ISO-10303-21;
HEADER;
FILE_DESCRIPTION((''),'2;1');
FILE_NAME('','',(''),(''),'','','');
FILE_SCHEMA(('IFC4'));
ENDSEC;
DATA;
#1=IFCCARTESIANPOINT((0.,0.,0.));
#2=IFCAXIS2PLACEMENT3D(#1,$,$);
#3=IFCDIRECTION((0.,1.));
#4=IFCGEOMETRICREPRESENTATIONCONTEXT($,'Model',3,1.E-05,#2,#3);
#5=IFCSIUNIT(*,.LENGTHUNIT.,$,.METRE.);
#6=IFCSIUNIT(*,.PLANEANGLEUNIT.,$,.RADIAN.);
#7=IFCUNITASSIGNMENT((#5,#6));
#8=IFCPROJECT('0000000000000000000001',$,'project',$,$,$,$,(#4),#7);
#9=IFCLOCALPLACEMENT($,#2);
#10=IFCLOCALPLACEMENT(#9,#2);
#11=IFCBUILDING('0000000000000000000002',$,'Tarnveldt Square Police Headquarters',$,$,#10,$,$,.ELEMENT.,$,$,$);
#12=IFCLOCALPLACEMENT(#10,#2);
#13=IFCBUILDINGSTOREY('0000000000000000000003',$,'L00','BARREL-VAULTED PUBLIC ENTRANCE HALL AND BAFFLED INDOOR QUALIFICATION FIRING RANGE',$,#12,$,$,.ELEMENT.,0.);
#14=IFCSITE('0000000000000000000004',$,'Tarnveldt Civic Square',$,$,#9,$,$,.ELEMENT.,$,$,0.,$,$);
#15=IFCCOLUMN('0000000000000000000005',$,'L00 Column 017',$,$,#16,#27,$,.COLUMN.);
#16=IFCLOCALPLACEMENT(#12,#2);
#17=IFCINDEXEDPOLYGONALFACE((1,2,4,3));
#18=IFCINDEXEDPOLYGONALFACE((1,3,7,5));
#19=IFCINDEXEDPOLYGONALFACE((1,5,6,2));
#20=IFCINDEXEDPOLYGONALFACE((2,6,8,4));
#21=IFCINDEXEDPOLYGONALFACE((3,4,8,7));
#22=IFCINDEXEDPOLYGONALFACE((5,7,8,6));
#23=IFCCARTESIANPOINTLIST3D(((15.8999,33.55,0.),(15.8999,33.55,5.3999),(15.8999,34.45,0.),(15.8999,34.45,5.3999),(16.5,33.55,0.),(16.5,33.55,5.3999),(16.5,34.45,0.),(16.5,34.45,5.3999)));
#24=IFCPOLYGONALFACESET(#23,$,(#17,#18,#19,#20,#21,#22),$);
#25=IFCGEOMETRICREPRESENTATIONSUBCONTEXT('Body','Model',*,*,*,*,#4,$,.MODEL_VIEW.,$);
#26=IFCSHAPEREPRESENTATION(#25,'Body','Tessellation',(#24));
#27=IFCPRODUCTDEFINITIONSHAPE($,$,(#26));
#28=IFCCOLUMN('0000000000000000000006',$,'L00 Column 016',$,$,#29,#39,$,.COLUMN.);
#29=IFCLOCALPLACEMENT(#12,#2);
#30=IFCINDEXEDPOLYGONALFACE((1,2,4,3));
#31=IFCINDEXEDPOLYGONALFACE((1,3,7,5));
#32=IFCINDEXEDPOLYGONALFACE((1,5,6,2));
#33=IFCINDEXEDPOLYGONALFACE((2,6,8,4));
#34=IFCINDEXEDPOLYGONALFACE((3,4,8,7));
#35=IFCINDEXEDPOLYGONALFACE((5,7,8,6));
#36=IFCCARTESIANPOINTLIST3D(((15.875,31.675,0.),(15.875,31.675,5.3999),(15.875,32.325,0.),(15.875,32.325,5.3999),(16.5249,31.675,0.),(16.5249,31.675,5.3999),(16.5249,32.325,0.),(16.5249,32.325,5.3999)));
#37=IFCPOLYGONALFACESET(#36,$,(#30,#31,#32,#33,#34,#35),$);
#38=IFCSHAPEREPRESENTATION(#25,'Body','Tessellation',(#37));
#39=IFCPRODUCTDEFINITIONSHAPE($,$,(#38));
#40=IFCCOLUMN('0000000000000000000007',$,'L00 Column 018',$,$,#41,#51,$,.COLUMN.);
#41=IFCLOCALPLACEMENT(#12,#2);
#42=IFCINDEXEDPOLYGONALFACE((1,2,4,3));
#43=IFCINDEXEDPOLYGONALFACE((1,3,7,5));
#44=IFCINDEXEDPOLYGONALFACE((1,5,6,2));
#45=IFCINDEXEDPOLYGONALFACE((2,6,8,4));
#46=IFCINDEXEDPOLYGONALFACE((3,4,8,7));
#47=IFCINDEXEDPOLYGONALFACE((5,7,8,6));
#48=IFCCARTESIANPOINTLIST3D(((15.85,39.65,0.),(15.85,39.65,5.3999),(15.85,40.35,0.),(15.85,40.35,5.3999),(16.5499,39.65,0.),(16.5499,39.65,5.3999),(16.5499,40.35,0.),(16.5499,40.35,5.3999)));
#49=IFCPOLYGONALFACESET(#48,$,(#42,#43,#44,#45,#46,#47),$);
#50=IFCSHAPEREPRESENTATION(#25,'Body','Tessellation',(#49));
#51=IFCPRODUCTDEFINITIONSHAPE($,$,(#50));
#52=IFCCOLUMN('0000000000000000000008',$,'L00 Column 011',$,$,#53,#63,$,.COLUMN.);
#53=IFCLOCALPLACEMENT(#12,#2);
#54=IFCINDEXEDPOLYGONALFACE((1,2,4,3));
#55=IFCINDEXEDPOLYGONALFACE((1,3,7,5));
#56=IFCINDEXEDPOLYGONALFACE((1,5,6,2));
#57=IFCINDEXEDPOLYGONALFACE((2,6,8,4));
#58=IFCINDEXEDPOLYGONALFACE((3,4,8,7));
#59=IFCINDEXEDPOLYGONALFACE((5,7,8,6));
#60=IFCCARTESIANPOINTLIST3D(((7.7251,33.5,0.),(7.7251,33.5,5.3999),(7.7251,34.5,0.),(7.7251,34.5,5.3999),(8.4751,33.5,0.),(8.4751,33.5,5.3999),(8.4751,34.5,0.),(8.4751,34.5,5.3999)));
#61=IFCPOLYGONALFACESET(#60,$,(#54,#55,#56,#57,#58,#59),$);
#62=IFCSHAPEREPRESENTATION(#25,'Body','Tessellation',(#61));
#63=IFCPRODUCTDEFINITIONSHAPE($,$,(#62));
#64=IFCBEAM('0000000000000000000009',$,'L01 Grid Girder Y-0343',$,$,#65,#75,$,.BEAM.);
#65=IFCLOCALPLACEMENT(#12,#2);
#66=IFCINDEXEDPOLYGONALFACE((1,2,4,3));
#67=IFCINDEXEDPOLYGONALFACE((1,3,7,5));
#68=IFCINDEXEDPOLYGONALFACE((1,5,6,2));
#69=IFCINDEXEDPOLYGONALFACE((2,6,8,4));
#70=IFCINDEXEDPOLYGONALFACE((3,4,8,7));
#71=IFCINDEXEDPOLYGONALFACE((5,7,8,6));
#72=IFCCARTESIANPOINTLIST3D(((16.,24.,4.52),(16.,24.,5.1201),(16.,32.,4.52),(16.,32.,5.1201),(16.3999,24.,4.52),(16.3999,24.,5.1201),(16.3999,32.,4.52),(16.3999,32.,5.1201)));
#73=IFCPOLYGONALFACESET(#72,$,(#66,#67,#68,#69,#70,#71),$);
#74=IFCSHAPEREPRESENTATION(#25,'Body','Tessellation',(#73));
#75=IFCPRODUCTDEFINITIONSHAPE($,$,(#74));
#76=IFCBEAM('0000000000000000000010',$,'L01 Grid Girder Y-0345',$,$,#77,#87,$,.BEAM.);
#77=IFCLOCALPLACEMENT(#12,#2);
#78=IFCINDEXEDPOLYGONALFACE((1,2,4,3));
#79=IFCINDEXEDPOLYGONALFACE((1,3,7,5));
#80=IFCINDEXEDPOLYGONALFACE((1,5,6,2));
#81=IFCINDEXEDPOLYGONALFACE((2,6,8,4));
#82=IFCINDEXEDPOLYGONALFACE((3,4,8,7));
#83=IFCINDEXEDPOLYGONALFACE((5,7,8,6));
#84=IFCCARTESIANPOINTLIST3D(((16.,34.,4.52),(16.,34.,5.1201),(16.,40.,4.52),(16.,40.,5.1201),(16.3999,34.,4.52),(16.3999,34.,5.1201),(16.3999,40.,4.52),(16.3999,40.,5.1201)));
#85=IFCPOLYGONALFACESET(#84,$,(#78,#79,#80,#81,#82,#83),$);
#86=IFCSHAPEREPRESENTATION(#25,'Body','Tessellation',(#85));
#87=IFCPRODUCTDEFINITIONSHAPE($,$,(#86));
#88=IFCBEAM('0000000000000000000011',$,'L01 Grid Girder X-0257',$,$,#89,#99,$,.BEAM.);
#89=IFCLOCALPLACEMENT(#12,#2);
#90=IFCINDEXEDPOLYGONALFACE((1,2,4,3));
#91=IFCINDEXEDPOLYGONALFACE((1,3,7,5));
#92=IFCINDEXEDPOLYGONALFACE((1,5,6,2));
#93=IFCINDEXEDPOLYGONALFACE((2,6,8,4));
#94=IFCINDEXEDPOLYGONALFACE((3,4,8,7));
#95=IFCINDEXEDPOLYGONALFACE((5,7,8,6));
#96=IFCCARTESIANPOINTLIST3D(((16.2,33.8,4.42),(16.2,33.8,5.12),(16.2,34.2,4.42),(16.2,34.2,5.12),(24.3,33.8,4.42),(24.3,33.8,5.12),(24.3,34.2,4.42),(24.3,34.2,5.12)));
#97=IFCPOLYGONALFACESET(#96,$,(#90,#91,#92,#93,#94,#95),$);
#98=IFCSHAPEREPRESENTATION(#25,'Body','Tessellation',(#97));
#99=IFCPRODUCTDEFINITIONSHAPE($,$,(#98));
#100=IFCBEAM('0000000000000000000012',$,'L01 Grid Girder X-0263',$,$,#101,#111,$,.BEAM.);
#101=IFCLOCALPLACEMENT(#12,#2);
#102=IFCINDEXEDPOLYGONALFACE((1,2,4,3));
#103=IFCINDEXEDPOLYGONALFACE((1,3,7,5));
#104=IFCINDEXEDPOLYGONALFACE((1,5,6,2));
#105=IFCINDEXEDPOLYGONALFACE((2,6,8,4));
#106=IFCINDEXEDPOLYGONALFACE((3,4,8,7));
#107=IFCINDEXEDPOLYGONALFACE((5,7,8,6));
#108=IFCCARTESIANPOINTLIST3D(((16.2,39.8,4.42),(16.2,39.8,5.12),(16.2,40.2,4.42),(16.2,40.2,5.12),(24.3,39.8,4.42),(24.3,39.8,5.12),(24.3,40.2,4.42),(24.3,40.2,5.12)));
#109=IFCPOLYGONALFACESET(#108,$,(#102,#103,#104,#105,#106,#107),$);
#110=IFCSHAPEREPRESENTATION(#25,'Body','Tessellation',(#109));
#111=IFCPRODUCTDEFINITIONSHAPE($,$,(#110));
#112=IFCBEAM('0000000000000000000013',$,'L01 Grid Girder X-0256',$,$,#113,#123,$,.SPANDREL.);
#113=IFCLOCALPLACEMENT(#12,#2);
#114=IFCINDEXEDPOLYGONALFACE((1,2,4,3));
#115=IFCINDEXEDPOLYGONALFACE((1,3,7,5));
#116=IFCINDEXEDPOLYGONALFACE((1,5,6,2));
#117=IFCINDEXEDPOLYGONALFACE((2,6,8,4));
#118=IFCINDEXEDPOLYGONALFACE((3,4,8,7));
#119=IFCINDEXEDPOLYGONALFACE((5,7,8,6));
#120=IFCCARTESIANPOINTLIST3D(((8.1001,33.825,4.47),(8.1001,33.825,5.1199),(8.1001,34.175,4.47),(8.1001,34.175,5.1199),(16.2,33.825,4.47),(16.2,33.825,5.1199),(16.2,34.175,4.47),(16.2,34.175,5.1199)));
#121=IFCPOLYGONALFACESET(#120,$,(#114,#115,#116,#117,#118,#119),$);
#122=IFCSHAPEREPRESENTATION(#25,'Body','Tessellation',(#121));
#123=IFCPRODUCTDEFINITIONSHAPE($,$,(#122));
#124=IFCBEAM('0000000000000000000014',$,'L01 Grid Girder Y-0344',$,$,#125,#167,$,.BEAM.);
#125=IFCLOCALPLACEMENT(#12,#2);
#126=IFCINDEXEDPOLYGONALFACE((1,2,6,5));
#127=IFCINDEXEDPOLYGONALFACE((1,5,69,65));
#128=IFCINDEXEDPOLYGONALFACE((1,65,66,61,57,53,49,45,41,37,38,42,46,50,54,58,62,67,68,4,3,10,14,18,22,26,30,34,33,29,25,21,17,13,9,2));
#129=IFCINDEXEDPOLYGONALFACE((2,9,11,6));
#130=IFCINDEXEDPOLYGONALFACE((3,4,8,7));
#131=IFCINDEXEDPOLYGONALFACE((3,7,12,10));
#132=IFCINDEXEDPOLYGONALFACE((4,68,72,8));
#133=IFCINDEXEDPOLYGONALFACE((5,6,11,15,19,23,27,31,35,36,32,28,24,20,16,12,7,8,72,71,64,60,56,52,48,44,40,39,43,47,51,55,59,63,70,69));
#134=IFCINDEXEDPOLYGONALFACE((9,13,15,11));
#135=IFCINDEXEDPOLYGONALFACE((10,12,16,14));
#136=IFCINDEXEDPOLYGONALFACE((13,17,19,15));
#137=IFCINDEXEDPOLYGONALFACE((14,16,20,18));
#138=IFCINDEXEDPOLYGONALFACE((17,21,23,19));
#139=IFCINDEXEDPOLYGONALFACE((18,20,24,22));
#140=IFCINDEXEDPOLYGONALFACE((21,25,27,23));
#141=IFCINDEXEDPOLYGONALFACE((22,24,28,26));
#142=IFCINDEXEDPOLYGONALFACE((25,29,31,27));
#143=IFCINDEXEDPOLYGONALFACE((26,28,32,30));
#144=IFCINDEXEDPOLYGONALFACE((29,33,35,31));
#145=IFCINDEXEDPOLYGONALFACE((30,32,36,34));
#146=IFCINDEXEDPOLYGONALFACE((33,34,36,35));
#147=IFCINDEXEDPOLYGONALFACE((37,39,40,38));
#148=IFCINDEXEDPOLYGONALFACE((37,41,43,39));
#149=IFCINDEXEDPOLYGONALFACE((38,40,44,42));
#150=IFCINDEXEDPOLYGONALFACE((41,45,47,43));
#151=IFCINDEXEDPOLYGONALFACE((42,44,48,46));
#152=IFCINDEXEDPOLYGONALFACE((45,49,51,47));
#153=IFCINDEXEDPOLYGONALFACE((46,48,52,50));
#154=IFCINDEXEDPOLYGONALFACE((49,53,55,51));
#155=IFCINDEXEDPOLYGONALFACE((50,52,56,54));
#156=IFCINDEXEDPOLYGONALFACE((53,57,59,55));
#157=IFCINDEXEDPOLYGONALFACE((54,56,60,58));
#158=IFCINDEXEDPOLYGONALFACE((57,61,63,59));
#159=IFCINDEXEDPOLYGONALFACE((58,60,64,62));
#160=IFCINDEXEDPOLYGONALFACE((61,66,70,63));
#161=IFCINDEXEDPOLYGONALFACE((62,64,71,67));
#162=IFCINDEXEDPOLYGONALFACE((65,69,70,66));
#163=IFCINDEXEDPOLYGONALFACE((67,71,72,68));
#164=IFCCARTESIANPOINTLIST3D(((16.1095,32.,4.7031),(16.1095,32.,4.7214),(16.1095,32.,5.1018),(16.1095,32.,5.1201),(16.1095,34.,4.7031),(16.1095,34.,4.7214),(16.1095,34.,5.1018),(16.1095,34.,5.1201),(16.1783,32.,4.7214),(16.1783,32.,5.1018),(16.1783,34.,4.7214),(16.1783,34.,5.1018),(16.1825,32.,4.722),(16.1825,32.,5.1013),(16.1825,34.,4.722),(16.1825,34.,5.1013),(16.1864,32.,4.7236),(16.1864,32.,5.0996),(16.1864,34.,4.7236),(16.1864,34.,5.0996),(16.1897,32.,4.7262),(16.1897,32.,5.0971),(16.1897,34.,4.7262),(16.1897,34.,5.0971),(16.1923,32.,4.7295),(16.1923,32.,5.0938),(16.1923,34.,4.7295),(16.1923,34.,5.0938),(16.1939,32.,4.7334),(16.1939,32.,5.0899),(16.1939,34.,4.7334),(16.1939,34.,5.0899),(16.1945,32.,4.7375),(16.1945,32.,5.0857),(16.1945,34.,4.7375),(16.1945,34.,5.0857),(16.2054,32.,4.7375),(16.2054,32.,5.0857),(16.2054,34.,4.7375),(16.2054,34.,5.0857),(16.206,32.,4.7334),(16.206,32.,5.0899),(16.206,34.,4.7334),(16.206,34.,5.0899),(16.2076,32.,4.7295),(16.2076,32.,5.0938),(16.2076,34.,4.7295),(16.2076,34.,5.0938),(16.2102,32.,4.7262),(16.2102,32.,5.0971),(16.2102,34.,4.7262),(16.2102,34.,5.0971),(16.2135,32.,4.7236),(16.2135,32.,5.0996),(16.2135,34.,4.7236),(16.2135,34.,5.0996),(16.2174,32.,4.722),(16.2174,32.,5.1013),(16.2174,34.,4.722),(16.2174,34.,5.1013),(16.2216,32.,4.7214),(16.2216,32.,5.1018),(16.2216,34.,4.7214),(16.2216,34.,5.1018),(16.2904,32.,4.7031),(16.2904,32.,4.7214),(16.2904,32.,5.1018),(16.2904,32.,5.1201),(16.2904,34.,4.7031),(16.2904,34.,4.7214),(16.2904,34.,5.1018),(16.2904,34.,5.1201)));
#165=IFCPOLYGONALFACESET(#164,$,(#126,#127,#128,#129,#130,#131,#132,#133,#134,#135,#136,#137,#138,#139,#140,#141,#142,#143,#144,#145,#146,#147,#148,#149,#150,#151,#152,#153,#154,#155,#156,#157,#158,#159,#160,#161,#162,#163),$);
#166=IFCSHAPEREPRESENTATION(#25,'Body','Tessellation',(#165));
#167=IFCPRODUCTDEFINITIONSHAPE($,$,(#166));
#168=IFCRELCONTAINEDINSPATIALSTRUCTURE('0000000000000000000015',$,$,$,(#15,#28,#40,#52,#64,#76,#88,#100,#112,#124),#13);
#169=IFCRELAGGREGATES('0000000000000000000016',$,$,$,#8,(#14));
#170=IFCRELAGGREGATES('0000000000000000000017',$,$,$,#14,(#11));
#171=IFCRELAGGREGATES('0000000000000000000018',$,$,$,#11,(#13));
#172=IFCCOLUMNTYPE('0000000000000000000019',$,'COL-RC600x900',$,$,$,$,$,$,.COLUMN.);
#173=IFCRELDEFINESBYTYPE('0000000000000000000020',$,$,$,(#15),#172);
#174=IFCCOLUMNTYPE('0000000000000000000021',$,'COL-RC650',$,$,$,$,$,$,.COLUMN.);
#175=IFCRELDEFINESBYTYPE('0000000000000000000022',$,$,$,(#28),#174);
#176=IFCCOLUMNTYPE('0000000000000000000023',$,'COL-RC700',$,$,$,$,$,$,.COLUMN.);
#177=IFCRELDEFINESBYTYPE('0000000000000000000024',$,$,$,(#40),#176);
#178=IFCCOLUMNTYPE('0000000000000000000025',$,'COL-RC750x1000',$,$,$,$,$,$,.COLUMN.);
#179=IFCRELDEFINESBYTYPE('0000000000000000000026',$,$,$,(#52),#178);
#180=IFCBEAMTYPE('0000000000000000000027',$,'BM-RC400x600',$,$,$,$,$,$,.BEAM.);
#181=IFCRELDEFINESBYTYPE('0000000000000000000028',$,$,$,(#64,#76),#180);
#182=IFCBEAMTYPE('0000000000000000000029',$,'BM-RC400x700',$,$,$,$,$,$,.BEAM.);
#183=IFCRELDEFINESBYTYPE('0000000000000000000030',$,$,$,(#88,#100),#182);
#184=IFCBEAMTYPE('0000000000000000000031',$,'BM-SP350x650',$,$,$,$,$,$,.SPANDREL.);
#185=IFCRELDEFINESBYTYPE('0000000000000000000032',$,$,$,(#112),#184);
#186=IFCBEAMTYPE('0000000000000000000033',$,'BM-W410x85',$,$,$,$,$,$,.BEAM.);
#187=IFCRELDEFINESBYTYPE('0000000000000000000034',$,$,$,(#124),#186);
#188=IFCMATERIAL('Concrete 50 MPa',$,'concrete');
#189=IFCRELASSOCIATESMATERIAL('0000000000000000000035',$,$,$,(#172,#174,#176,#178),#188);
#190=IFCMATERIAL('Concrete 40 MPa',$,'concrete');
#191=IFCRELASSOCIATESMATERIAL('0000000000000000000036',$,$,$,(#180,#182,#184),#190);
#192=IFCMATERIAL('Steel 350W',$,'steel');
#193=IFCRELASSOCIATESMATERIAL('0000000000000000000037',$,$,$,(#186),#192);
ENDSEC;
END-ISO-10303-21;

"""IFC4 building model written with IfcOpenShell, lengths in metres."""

from ifc_helpers import new_model, si_unit, direction, frame, origin, origin_2d, place, context, subcontext, project, spatial, rectangle, i_section, extrude, material, material_profile, profile_set, type_object, element, save


model = new_model("IFC4")

# Units and contexts
model_context = context("Model", 3, precision=1e-05, world=origin(), true_north=direction((0.0, 1.0)))
body_context = subcontext(model_context, "Body", "Model", "MODEL_VIEW")
ifc_project = project(units=[si_unit("LENGTHUNIT", "METRE"), si_unit("PLANEANGLEUNIT", "RADIAN")], contexts=[model_context])

# Site, building, storey
site_placement = place(None, origin())
site = spatial("IfcSite", under=ifc_project, at=site_placement, Name="Tarnveldt Civic Square", CompositionType="ELEMENT", RefElevation=0.0)
building_placement = place(site_placement, origin())
building = spatial("IfcBuilding", under=site, at=building_placement, Name="Tarnveldt Square Police Headquarters", CompositionType="ELEMENT")
storey_placement = place(building_placement, origin())
storey = spatial("IfcBuildingStorey", under=building, at=storey_placement, Name="L00", Description="BARREL-VAULTED PUBLIC ENTRANCE HALL AND BAFFLED INDOOR QUALIFICATION FIRING RANGE", CompositionType="ELEMENT", Elevation=0.0)

# Columns
ifc_material_1 = material(Name="Concrete 50 MPa", Category="concrete")
ifc_material_profile_1 = material_profile(ifc_material_1, rectangle(XDim=0.6001, YDim=0.8999, at=origin_2d()), Name="RC-C600x900")
ifc_profile_set_1 = profile_set([ifc_material_profile_1], Name="Concrete 50 MPa")
column_type_1 = type_object("IfcColumnType", Name="COL-RC600x900", PredefinedType="COLUMN", material=ifc_profile_set_1)
column_1_placement = place(storey_placement, frame((16.2, 34.0, 0.0), z_axis=(0.0, 0.0, 1.0), x_axis=(1.0, 0.0, 0.0)))
element("IfcColumn", 1, at=column_1_placement, inside=storey, type_object=column_type_1, Name="L00 Column 017", PredefinedType="COLUMN", context=body_context, shape_type="SweptSolid", body=[
    extrude(rectangle(XDim=0.6001, YDim=0.8999, at=origin_2d()), origin(), (0.0, 0.0, 1.0), 5.3999),
])
ifc_material_profile_2 = material_profile(ifc_material_1, rectangle(XDim=0.6499, YDim=0.6499, at=origin_2d()), Name="RC-C650x650")
ifc_profile_set_2 = profile_set([ifc_material_profile_2], Name="Concrete 50 MPa")
column_type_2 = type_object("IfcColumnType", Name="COL-RC650", PredefinedType="COLUMN", material=ifc_profile_set_2)
column_2_placement = place(storey_placement, frame((16.2, 32.0, 0.0), z_axis=(0.0, 0.0, 1.0), x_axis=(1.0, 0.0, 0.0)))
element("IfcColumn", 2, at=column_2_placement, inside=storey, type_object=column_type_2, Name="L00 Column 016", PredefinedType="COLUMN", context=body_context, shape_type="SweptSolid", body=[
    extrude(rectangle(XDim=0.6499, YDim=0.6499, at=origin_2d()), origin(), (0.0, 0.0, 1.0), 5.3999),
])
ifc_material_profile_3 = material_profile(ifc_material_1, rectangle(XDim=0.7, YDim=0.7, at=origin_2d()), Name="RC-C700x700")
ifc_profile_set_3 = profile_set([ifc_material_profile_3], Name="Concrete 50 MPa")
column_type_3 = type_object("IfcColumnType", Name="COL-RC700", PredefinedType="COLUMN", material=ifc_profile_set_3)
column_3_placement = place(storey_placement, frame((16.2, 40.0, 0.0), z_axis=(0.0, 0.0, 1.0), x_axis=(1.0, 0.0, 0.0)))
element("IfcColumn", 3, at=column_3_placement, inside=storey, type_object=column_type_3, Name="L00 Column 018", PredefinedType="COLUMN", context=body_context, shape_type="SweptSolid", body=[
    extrude(rectangle(XDim=0.7, YDim=0.7, at=origin_2d()), origin(), (0.0, 0.0, 1.0), 5.3999),
])
ifc_material_profile_4 = material_profile(ifc_material_1, rectangle(XDim=0.75, YDim=1.0, at=origin_2d()), Name="RC-C750x1000")
ifc_profile_set_4 = profile_set([ifc_material_profile_4], Name="Concrete 50 MPa")
column_type_4 = type_object("IfcColumnType", Name="COL-RC750x1000", PredefinedType="COLUMN", material=ifc_profile_set_4)
column_4_placement = place(storey_placement, frame((8.1001, 34.0, 0.0), z_axis=(0.0, 0.0, 1.0), x_axis=(1.0, 0.0, 0.0)))
element("IfcColumn", 4, at=column_4_placement, inside=storey, type_object=column_type_4, Name="L00 Column 011", PredefinedType="COLUMN", context=body_context, shape_type="SweptSolid", body=[
    extrude(rectangle(XDim=0.75, YDim=1.0, at=origin_2d()), origin(), (0.0, 0.0, 1.0), 5.3999),
])

# Beams
ifc_material_2 = material(Name="Concrete 40 MPa", Category="concrete")
ifc_material_profile_5 = material_profile(ifc_material_2, rectangle(XDim=0.3999, YDim=0.6001, at=origin_2d()), Name="RC-B400x600")
ifc_profile_set_5 = profile_set([ifc_material_profile_5], Name="Concrete 40 MPa")
beam_type_1 = type_object("IfcBeamType", Name="BM-RC400x600", PredefinedType="BEAM", material=ifc_profile_set_5)
beam_1_placement = place(storey_placement, frame((16.2, 24.0, 4.8201), z_axis=(0.0, 1.0, 0.0), x_axis=(-1.0, 0.0, 0.0)))
element("IfcBeam", 5, at=beam_1_placement, inside=storey, type_object=beam_type_1, Name="L01 Grid Girder Y-0343", PredefinedType="BEAM", context=body_context, shape_type="SweptSolid", body=[
    extrude(rectangle(XDim=0.3999, YDim=0.6001, at=origin_2d()), origin(), (0.0, 0.0, 1.0), 8.0),
])
beam_2_placement = place(storey_placement, frame((16.2, 34.0, 4.8201), z_axis=(0.0, 1.0, 0.0), x_axis=(-1.0, 0.0, 0.0)))
element("IfcBeam", 6, at=beam_2_placement, inside=storey, type_object=beam_type_1, Name="L01 Grid Girder Y-0345", PredefinedType="BEAM", context=body_context, shape_type="SweptSolid", body=[
    extrude(rectangle(XDim=0.3999, YDim=0.6001, at=origin_2d()), origin(), (0.0, 0.0, 1.0), 6.0),
])
ifc_material_profile_6 = material_profile(ifc_material_2, rectangle(XDim=0.3999, YDim=0.7, at=origin_2d()), Name="RC-B400x700")
ifc_profile_set_6 = profile_set([ifc_material_profile_6], Name="Concrete 40 MPa")
beam_type_2 = type_object("IfcBeamType", Name="BM-RC400x700", PredefinedType="BEAM", material=ifc_profile_set_6)
for number, where, z_axis, x_axis, name in (
    (7, (16.2, 34.0, 4.77), (1.0, 0.0, 0.0), (0.0, 1.0, 0.0), "L01 Grid Girder X-0257"),
    (8, (16.2, 40.0, 4.77), (1.0, 0.0, 0.0), (0.0, 1.0, 0.0), "L01 Grid Girder X-0263"),
):
    element("IfcBeam", number, at=place(storey_placement, frame(where, z_axis=z_axis, x_axis=x_axis)), inside=storey, type_object=beam_type_2, Name=name, PredefinedType="BEAM", context=body_context, shape_type="SweptSolid", body=[
        extrude(rectangle(XDim=0.3999, YDim=0.7, at=origin_2d()), origin(), (0.0, 0.0, 1.0), 8.1001),
    ])
ifc_material_profile_7 = material_profile(ifc_material_2, rectangle(XDim=0.3501, YDim=0.6499, at=origin_2d()), Name="RC-SP350x650")
ifc_profile_set_7 = profile_set([ifc_material_profile_7], Name="Concrete 40 MPa")
beam_type_3 = type_object("IfcBeamType", Name="BM-SP350x650", PredefinedType="SPANDREL", material=ifc_profile_set_7)
beam_3_placement = place(storey_placement, frame((8.1001, 34.0, 4.7949), z_axis=(1.0, 0.0, 0.0), x_axis=(0.0, 1.0, 0.0)))
element("IfcBeam", 9, at=beam_3_placement, inside=storey, type_object=beam_type_3, Name="L01 Grid Girder X-0256", PredefinedType="SPANDREL", context=body_context, shape_type="SweptSolid", body=[
    extrude(rectangle(XDim=0.3501, YDim=0.6499, at=origin_2d()), origin(), (0.0, 0.0, 1.0), 8.0999),
])
ifc_material_3 = material(Name="Steel 350W", Category="steel")
ifc_material_profile_8 = material_profile(ifc_material_3, i_section(OverallWidth=0.1809, OverallDepth=0.417, WebThickness=0.011, FlangeThickness=0.0183, FilletRadius=0.0161, at=origin_2d()), Name="W410x85")
ifc_profile_set_8 = profile_set([ifc_material_profile_8], Name="Steel 350W")
beam_type_4 = type_object("IfcBeamType", Name="BM-W410x85", PredefinedType="BEAM", material=ifc_profile_set_8)
beam_4_placement = place(storey_placement, frame((16.2, 32.0, 4.9116), z_axis=(0.0, 1.0, 0.0), x_axis=(-1.0, 0.0, 0.0)))
element("IfcBeam", 10, at=beam_4_placement, inside=storey, type_object=beam_type_4, Name="L01 Grid Girder Y-0344", PredefinedType="BEAM", context=body_context, shape_type="SweptSolid", body=[
    extrude(i_section(OverallWidth=0.1809, OverallDepth=0.417, WebThickness=0.011, FlangeThickness=0.0183, FilletRadius=0.0161, at=origin_2d()), origin(), (0.0, 0.0, 1.0), 2.0),
])

save(model, "model.ifc")
